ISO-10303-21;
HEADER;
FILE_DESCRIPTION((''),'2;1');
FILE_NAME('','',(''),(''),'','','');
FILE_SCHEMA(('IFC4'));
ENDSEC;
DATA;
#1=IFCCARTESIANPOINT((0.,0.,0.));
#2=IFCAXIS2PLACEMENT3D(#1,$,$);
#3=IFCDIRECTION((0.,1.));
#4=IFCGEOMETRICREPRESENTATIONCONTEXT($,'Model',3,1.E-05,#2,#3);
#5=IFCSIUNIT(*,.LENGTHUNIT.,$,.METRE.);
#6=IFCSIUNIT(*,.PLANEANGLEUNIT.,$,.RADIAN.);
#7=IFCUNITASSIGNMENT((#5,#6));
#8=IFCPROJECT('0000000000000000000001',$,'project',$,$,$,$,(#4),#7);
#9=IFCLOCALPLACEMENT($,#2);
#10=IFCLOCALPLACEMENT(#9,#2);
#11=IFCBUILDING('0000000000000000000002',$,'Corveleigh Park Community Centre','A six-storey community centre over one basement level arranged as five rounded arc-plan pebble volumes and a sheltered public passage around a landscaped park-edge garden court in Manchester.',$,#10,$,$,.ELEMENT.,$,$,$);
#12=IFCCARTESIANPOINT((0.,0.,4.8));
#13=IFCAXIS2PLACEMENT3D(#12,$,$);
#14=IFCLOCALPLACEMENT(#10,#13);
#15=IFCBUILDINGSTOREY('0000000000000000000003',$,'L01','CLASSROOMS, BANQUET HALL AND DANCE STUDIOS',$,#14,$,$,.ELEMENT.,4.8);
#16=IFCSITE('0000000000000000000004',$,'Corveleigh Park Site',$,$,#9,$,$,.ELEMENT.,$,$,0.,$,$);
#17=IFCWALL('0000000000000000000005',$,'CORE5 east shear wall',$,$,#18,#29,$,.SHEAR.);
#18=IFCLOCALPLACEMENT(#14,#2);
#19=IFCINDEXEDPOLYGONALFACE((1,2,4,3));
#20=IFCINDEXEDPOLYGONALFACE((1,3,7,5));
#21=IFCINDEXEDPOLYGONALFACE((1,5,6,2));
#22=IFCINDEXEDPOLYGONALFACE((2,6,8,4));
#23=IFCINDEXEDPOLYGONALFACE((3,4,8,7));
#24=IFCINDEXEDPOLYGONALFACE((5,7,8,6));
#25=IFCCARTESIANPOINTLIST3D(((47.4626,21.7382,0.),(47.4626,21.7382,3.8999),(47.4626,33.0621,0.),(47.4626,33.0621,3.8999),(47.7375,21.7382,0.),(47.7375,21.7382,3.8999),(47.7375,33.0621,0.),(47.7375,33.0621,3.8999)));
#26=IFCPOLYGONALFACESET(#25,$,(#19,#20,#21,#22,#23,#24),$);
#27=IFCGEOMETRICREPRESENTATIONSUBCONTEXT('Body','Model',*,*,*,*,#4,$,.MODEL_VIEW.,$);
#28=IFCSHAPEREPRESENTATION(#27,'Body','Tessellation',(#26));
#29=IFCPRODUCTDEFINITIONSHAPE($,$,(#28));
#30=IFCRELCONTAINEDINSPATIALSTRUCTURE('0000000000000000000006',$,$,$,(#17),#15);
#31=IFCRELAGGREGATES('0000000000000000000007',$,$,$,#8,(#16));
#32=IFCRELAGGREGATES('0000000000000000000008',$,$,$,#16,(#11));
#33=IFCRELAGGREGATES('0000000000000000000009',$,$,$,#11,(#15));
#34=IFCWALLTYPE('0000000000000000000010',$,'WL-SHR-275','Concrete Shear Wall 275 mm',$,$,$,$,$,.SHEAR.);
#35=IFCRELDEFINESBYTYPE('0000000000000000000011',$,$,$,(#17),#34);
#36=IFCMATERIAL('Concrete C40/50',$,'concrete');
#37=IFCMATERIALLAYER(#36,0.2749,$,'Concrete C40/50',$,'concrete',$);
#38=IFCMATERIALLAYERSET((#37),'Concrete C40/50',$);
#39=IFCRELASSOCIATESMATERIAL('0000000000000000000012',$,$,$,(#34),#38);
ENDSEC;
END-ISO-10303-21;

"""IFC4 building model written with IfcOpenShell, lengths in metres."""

from ifc_helpers import new_model, si_unit, direction, frame, frame_2d, origin, place, context, subcontext, project, spatial, rectangle, extrude, material, layer, layer_set, type_object, element, save


model = new_model("IFC4")

# Units and contexts
model_context = context("Model", 3, precision=1e-05, world=origin(), true_north=direction((0.0, 1.0)))
body_context = subcontext(model_context, "Body", "Model", "MODEL_VIEW")
ifc_project = project(units=[si_unit("LENGTHUNIT", "METRE"), si_unit("PLANEANGLEUNIT", "RADIAN")], contexts=[model_context])

# Site, building, storey
site_placement = place(None, origin())
site = spatial("IfcSite", under=ifc_project, at=site_placement, Name="Corveleigh Park Site", CompositionType="ELEMENT", RefElevation=0.0)
building_placement = place(site_placement, origin())
building = spatial("IfcBuilding", under=site, at=building_placement, Name="Corveleigh Park Community Centre", Description="A six-storey community centre over one basement level arranged as five rounded arc-plan pebble volumes and a sheltered public passage around a landscaped park-edge garden court in Manchester.", CompositionType="ELEMENT")
storey_placement = place(building_placement, frame((0.0, 0.0, 4.8)))
storey = spatial("IfcBuildingStorey", under=building, at=storey_placement, Name="L01", Description="CLASSROOMS, BANQUET HALL AND DANCE STUDIOS", CompositionType="ELEMENT", Elevation=4.8)

# Wall
ifc_material_1 = material(Name="Concrete C40/50", Category="concrete")
ifc_layer_1 = layer(ifc_material_1, 0.2749, Name="Concrete C40/50", Category="concrete")
ifc_layer_set_1 = layer_set([ifc_layer_1], Name="Concrete C40/50")
wall_type = type_object("IfcWallType", Name="WL-SHR-275", Description="Concrete Shear Wall 275 mm", PredefinedType="SHEAR", material=ifc_layer_set_1)
wall_placement = place(storey_placement, frame((47.6001, 21.738, 0.0), z_axis=(0.0, 0.0, 1.0), x_axis=(0.0, 1.0, 0.0)))
element("IfcWall", 1, at=wall_placement, inside=storey, type_object=wall_type, Name="CORE5 east shear wall", PredefinedType="SHEAR", context=body_context, shape_type="SweptSolid", body=[
    extrude(rectangle(XDim=11.324, YDim=0.2749, at=frame_2d((5.6621, 0.0))), origin(), (0.0, 0.0, 1.0), 3.8999),
])

save(model, "model.ifc")
